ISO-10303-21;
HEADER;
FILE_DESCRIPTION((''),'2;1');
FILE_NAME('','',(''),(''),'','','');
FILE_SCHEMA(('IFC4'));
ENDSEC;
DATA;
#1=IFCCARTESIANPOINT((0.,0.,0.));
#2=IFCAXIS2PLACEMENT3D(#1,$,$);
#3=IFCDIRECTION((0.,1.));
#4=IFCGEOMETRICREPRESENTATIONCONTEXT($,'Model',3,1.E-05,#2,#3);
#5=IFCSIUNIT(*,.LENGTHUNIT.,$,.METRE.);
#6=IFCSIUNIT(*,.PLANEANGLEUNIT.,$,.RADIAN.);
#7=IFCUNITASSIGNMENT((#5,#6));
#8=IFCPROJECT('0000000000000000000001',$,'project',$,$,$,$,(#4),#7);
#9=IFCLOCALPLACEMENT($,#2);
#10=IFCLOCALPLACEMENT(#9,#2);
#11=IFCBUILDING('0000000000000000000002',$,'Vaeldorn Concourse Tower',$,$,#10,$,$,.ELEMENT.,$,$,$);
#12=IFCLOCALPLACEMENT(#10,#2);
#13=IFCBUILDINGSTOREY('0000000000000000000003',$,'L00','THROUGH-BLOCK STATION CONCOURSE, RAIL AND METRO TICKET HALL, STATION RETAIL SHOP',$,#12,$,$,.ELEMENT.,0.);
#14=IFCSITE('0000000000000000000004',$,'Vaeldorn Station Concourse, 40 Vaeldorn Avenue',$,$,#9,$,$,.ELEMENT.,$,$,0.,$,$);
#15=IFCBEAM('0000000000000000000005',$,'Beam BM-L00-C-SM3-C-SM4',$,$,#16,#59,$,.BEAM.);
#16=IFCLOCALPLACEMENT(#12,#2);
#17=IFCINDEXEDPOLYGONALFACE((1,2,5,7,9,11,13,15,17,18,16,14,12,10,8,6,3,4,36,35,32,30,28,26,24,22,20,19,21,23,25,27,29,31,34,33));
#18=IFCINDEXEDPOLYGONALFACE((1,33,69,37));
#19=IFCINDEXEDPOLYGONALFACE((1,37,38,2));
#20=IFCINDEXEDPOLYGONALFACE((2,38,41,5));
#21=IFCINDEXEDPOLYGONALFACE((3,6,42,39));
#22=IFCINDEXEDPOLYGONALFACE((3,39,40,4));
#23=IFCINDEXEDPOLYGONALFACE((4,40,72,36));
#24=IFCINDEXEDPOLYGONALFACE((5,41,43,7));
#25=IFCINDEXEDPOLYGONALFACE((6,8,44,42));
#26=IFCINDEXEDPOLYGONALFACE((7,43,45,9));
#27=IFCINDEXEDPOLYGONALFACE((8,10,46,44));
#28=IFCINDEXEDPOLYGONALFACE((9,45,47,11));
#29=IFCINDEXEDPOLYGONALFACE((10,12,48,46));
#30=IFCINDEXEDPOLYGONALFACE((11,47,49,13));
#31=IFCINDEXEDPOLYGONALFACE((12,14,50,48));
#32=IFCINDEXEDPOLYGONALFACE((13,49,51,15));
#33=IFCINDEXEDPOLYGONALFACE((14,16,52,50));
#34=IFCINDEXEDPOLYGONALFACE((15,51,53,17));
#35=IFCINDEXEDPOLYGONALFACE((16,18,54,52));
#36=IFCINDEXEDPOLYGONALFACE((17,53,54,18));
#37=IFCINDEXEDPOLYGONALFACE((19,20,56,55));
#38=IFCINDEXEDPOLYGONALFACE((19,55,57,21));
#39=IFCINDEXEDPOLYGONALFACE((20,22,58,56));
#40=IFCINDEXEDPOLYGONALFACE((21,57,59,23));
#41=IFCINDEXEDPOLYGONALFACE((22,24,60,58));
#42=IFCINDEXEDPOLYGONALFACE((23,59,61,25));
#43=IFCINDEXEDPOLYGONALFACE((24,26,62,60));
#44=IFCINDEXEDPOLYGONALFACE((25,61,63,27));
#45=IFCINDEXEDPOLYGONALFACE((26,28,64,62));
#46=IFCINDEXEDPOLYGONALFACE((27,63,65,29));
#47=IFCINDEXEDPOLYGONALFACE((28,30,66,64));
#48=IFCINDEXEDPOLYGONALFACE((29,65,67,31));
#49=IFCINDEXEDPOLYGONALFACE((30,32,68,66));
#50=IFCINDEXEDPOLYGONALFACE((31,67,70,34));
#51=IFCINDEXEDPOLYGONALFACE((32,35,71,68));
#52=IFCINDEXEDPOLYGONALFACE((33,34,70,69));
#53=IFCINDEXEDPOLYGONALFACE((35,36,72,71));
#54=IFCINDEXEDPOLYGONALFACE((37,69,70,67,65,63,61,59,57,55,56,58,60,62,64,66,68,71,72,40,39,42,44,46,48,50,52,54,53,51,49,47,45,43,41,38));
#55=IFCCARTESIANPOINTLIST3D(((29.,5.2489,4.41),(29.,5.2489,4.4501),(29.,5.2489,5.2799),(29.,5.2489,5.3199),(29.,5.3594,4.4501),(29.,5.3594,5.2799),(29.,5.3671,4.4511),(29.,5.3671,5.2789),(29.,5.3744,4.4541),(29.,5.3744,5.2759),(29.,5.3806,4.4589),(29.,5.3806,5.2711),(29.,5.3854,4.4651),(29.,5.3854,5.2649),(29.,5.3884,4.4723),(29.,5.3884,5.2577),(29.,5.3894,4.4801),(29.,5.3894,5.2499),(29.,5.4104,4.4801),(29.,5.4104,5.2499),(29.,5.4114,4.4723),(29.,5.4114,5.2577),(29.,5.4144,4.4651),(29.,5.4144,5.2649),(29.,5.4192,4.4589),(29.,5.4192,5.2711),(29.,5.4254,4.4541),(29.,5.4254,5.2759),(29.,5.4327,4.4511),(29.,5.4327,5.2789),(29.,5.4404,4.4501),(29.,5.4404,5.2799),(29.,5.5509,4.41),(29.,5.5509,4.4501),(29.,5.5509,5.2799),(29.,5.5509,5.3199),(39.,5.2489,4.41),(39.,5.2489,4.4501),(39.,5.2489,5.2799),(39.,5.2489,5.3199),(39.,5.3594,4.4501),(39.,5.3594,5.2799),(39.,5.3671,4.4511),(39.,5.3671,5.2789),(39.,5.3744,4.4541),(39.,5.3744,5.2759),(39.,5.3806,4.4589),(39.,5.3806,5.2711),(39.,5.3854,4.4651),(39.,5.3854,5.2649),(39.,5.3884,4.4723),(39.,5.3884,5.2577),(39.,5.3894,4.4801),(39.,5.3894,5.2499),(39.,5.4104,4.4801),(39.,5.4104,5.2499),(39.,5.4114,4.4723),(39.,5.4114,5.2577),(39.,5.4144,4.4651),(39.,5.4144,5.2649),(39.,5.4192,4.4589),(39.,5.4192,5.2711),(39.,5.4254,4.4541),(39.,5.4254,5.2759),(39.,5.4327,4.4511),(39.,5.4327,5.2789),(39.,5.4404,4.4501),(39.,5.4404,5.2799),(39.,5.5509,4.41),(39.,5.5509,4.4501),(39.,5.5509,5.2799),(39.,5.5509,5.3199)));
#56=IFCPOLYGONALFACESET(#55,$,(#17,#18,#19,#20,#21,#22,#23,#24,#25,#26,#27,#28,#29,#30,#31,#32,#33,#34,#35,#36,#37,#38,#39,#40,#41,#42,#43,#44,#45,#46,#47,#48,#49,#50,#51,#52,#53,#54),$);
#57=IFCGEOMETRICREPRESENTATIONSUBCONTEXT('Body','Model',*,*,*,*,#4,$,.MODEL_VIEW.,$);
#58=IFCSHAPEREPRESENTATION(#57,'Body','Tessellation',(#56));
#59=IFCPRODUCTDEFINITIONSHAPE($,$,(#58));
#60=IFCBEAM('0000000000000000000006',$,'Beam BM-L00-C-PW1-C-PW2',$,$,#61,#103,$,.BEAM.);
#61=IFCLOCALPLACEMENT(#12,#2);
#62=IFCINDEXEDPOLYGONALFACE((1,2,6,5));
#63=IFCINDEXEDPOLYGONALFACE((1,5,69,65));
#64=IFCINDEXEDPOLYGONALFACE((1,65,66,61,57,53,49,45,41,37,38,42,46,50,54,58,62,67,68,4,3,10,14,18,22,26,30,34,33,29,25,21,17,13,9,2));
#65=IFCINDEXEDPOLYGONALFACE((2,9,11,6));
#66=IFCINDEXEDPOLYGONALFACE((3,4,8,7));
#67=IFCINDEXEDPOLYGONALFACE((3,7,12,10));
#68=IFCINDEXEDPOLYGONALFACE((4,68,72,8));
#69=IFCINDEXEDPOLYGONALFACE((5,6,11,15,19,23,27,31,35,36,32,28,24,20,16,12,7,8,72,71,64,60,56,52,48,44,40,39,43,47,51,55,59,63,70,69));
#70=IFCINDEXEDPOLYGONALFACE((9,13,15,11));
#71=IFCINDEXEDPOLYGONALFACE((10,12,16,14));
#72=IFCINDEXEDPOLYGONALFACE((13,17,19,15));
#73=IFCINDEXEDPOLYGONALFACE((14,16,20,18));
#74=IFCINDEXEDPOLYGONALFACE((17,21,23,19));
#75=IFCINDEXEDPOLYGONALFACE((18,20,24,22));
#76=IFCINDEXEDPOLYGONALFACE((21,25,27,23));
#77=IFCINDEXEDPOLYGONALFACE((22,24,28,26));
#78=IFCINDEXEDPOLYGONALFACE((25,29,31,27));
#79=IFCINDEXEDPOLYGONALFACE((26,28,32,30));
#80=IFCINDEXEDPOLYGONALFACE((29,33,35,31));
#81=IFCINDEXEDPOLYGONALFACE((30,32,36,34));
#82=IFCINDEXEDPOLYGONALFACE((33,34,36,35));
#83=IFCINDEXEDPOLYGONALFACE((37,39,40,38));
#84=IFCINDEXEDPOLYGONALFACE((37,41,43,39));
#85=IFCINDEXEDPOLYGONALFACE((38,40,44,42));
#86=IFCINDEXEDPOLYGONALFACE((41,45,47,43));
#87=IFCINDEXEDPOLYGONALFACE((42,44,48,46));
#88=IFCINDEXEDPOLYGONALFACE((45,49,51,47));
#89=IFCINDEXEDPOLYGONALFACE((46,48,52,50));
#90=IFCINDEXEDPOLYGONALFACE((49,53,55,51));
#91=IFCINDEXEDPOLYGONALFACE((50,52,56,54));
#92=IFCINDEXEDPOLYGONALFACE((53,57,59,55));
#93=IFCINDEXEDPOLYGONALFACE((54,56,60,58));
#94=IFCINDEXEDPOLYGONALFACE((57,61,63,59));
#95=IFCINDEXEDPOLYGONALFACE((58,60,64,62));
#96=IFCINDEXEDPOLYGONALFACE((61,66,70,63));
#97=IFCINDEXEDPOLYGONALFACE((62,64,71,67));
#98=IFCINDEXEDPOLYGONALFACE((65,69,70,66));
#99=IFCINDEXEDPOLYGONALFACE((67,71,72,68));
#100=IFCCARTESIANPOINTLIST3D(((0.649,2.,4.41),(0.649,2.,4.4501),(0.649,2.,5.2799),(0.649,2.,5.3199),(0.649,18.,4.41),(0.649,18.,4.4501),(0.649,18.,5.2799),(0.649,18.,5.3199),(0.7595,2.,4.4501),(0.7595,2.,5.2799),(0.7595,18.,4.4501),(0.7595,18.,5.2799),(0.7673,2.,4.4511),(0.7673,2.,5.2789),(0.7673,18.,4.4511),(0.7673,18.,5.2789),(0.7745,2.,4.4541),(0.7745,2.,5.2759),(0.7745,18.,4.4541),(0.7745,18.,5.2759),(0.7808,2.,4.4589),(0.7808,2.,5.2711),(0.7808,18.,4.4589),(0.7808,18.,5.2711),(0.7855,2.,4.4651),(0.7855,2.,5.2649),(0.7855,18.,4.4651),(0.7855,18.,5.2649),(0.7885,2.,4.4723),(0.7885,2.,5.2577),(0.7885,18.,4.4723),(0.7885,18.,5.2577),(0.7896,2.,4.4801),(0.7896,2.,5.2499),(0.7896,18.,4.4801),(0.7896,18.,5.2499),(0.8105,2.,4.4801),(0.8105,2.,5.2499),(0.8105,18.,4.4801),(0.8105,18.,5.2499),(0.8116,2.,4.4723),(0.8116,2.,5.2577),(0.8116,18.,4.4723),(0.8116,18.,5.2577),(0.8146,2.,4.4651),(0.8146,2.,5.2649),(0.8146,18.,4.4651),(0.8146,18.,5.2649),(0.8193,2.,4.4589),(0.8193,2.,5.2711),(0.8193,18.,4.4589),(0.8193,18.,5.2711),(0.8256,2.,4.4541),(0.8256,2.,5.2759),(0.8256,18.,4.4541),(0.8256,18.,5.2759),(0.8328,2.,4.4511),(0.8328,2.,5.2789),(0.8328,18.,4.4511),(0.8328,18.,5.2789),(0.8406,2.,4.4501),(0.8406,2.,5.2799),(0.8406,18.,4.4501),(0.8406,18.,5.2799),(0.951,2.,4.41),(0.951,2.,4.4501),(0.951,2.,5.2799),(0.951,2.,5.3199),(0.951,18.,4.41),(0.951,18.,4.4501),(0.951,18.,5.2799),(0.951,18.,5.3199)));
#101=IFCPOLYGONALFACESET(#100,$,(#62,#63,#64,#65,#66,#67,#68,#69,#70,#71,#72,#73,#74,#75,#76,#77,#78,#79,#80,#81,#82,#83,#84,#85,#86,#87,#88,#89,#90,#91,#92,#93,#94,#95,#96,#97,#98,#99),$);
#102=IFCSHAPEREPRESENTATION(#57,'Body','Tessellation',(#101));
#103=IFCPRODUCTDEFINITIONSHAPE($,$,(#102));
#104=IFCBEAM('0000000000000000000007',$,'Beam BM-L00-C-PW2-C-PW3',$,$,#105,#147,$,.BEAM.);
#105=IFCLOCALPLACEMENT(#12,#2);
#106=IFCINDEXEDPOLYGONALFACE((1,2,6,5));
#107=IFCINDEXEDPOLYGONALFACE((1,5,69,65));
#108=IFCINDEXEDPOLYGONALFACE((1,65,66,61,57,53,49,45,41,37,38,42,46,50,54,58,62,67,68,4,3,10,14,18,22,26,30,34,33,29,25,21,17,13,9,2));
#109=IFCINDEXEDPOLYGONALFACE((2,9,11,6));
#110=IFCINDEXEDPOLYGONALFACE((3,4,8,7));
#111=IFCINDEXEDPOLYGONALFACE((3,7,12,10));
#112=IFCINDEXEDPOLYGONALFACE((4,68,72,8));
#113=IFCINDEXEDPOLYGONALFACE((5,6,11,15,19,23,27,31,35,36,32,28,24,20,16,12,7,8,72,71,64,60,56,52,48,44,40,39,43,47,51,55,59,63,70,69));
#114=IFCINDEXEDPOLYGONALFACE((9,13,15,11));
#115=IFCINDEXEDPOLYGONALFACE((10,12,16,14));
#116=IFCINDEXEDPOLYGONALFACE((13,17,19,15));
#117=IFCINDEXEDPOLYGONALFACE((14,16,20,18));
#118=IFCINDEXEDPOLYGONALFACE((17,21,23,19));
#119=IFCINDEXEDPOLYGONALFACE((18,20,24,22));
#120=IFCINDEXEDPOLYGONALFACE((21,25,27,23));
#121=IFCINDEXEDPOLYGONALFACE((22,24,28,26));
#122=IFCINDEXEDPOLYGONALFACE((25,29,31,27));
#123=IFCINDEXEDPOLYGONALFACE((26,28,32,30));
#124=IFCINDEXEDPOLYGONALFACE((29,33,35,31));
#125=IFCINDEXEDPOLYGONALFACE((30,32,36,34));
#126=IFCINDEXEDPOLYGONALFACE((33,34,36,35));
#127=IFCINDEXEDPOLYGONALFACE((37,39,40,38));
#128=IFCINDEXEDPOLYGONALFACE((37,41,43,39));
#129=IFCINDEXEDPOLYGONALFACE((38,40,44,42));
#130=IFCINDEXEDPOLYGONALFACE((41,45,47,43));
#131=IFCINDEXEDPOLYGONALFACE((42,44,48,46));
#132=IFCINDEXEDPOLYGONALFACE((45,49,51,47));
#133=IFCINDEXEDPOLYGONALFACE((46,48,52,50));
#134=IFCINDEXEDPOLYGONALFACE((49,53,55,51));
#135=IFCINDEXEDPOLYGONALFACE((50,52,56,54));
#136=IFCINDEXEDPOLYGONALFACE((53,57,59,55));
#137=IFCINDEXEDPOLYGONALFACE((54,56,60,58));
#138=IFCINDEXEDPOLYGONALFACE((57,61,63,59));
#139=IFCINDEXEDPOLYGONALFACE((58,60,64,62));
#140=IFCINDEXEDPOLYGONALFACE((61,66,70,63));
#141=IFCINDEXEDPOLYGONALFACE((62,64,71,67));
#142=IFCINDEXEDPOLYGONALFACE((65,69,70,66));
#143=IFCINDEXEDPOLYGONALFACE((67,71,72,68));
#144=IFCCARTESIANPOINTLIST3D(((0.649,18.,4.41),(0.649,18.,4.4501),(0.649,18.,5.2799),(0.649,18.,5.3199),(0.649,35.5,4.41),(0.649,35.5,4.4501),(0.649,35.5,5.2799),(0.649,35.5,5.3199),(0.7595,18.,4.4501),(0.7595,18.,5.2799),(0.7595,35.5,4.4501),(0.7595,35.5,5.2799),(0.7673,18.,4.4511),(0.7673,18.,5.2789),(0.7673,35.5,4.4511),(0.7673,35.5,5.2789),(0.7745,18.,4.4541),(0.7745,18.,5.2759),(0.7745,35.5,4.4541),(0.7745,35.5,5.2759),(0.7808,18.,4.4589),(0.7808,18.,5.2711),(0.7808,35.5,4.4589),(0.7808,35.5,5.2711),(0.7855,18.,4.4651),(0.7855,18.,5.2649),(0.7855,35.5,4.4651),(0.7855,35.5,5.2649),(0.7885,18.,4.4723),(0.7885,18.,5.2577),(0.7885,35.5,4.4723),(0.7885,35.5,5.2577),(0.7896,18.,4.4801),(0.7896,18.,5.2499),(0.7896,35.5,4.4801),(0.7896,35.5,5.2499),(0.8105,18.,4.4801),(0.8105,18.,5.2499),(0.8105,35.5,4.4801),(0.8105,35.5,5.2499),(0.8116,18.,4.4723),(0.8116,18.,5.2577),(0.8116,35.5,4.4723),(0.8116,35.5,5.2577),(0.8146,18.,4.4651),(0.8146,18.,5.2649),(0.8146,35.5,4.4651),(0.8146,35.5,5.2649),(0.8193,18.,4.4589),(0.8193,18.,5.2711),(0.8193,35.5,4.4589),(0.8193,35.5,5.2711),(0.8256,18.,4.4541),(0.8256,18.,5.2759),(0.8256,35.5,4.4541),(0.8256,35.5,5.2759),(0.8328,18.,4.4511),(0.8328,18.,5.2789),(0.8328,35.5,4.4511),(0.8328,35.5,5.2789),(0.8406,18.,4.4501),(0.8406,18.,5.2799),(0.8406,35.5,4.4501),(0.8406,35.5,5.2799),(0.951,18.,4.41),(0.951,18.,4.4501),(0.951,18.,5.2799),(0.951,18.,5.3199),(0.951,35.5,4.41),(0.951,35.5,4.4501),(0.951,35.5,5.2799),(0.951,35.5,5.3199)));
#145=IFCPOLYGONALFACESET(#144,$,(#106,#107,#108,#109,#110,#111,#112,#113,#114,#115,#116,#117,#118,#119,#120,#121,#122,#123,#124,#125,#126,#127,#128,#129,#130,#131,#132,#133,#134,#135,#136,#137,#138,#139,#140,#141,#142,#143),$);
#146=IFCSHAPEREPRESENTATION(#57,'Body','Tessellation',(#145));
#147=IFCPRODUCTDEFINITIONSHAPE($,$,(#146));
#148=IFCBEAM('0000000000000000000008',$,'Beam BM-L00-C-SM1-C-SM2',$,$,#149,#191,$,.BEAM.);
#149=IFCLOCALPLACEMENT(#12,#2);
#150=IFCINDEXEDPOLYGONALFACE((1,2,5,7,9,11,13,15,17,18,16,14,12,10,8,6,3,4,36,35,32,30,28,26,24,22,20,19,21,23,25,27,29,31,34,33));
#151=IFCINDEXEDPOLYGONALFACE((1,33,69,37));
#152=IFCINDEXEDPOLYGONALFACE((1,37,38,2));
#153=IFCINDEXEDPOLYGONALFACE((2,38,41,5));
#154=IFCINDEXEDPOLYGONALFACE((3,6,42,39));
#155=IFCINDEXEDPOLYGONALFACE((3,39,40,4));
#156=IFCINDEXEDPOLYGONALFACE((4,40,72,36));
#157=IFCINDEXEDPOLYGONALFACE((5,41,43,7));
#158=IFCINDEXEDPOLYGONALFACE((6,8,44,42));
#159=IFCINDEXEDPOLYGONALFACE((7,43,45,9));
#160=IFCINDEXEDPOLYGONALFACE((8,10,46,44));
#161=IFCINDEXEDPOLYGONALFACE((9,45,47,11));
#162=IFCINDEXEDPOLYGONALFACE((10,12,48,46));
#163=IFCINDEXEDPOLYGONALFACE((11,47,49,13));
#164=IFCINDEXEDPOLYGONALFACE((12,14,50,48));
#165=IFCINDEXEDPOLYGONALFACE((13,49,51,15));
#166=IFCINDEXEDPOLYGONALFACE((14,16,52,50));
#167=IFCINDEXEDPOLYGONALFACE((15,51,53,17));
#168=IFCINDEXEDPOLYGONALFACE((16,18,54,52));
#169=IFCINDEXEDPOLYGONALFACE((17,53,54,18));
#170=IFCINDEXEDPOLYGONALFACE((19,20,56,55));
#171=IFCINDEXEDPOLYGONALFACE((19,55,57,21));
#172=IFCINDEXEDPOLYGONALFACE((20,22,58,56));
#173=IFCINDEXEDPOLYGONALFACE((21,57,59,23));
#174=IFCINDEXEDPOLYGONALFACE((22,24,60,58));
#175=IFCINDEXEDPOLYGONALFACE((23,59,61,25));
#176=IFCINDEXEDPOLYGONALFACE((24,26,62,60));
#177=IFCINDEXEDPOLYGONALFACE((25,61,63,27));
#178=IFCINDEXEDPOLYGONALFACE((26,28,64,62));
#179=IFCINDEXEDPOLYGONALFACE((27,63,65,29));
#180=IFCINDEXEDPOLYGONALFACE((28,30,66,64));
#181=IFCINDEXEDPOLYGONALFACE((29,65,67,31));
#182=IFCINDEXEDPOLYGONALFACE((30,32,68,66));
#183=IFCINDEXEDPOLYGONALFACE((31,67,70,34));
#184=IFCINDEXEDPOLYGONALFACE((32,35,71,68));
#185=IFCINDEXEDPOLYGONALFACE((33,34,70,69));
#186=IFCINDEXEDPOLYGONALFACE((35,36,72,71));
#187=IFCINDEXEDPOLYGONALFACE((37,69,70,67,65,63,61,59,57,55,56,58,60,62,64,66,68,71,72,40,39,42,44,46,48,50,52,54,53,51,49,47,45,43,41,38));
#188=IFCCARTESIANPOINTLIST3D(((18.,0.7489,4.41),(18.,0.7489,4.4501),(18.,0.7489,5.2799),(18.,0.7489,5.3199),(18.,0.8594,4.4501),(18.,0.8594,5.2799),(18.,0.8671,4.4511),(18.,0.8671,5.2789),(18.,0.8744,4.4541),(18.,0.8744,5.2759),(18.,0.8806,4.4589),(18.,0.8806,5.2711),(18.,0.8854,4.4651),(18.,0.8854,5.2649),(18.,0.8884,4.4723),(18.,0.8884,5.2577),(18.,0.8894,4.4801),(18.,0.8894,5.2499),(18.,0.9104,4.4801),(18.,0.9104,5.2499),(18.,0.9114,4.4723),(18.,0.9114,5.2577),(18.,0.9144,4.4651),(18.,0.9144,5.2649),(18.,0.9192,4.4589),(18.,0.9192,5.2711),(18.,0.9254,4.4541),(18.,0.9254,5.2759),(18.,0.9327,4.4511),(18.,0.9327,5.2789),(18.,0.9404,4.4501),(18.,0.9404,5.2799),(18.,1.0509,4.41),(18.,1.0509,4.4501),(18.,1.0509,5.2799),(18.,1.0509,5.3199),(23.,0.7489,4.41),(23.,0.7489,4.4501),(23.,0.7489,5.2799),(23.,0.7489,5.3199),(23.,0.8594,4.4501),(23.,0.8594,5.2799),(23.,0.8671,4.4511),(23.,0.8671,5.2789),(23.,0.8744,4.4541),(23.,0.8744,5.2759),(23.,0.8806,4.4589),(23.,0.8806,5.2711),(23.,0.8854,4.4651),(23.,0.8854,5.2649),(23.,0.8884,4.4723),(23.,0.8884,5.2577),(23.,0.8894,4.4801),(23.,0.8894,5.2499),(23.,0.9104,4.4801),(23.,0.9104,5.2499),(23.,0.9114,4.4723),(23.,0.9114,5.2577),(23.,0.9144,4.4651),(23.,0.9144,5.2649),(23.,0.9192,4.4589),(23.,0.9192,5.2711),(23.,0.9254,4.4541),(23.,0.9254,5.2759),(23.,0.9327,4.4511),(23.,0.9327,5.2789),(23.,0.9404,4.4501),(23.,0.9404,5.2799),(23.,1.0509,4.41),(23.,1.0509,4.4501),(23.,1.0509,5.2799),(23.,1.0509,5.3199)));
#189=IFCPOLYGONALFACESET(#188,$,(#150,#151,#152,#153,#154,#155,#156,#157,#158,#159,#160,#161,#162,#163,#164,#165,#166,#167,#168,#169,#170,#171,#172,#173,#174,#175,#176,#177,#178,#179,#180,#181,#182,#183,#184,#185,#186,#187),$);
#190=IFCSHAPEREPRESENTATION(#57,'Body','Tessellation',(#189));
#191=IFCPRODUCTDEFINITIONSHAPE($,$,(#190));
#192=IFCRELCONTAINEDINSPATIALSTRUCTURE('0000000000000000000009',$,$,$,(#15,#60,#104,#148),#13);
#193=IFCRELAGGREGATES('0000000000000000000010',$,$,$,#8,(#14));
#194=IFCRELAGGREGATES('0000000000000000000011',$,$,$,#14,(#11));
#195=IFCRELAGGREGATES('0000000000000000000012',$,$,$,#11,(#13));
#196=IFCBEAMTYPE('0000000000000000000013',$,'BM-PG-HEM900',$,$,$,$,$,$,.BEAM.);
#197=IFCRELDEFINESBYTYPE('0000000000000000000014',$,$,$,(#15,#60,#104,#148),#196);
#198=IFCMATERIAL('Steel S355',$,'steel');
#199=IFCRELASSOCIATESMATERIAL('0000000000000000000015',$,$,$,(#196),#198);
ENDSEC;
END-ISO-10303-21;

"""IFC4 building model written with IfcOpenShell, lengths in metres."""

from ifc_helpers import new_model, si_unit, direction, frame, origin, origin_2d, place, context, subcontext, project, spatial, i_section, extrude, source, transform, mapped, material, material_profile, profile_set, type_object, element, save


model = new_model("IFC4")

# Units and contexts
model_context = context("Model", 3, precision=1e-05, world=origin(), true_north=direction((0.0, 1.0)))
body_context = subcontext(model_context, "Body", "Model", "MODEL_VIEW")
ifc_project = project(units=[si_unit("LENGTHUNIT", "METRE"), si_unit("PLANEANGLEUNIT", "RADIAN")], contexts=[model_context])

# Site, building, storey
site_placement = place(None, origin())
site = spatial("IfcSite", under=ifc_project, at=site_placement, Name="Vaeldorn Station Concourse, 40 Vaeldorn Avenue", CompositionType="ELEMENT", RefElevation=0.0)
building_placement = place(site_placement, origin())
building = spatial("IfcBuilding", under=site, at=building_placement, Name="Vaeldorn Concourse Tower", CompositionType="ELEMENT")
storey_placement = place(building_placement, origin())
storey = spatial("IfcBuildingStorey", under=building, at=storey_placement, Name="L00", Description="THROUGH-BLOCK STATION CONCOURSE, RAIL AND METRO TICKET HALL, STATION RETAIL SHOP", CompositionType="ELEMENT", Elevation=0.0)

# Beams
ifc_material_1 = material(Name="Steel S355", Category="steel")
ifc_material_profile_1 = material_profile(ifc_material_1, i_section(OverallWidth=0.302, OverallDepth=0.9099, WebThickness=0.021, FlangeThickness=0.04, FilletRadius=0.03, at=origin_2d()), Name="HEM 900")
ifc_profile_set_1 = profile_set([ifc_material_profile_1], Name="Steel S355")
beam_type_1 = type_object("IfcBeamType", Name="BM-PG-HEM900", PredefinedType="BEAM", material=ifc_profile_set_1)
shared_shape_1 = source(origin(), body_context, "Body", "SweptSolid", [
    extrude(i_section(OverallWidth=0.302, OverallDepth=0.9099, WebThickness=0.021, FlangeThickness=0.04, FilletRadius=0.03, at=origin_2d()), origin(), (0.0, 0.0, 1.0), 10.0),
])
beam_1_placement = place(storey_placement, frame((29.0, 5.3999, 4.865), z_axis=(1.0, 0.0, 0.0), x_axis=(0.0, 1.0, 0.0)))
element("IfcBeam", 1, at=beam_1_placement, inside=storey, type_object=beam_type_1, Name="Beam BM-L00-C-SM3-C-SM4", PredefinedType="BEAM", context=body_context, shape_type="MappedRepresentation", body=[
    mapped(shared_shape_1, transform((0.0, 0.0, 0.0), scale=1.0)),
])
shared_shape_2 = source(origin(), body_context, "Body", "SweptSolid", [
    extrude(i_section(OverallWidth=0.302, OverallDepth=0.9099, WebThickness=0.021, FlangeThickness=0.04, FilletRadius=0.03, at=origin_2d()), origin(), (0.0, 0.0, 1.0), 16.0),
])
beam_2_placement = place(storey_placement, frame((0.8, 2.0, 4.865), z_axis=(0.0, 1.0, 0.0), x_axis=(-1.0, 0.0, 0.0)))
element("IfcBeam", 2, at=beam_2_placement, inside=storey, type_object=beam_type_1, Name="Beam BM-L00-C-PW1-C-PW2", PredefinedType="BEAM", context=body_context, shape_type="MappedRepresentation", body=[
    mapped(shared_shape_2, transform((0.0, 0.0, 0.0), scale=1.0)),
])
shared_shape_3 = source(origin(), body_context, "Body", "SweptSolid", [
    extrude(i_section(OverallWidth=0.302, OverallDepth=0.9099, WebThickness=0.021, FlangeThickness=0.04, FilletRadius=0.03, at=origin_2d()), origin(), (0.0, 0.0, 1.0), 17.5),
])
beam_3_placement = place(storey_placement, frame((0.8, 18.0, 4.865), z_axis=(0.0, 1.0, 0.0), x_axis=(-1.0, 0.0, 0.0)))
element("IfcBeam", 3, at=beam_3_placement, inside=storey, type_object=beam_type_1, Name="Beam BM-L00-C-PW2-C-PW3", PredefinedType="BEAM", context=body_context, shape_type="MappedRepresentation", body=[
    mapped(shared_shape_3, transform((0.0, 0.0, 0.0), scale=1.0)),
])
shared_shape_4 = source(origin(), body_context, "Body", "SweptSolid", [
    extrude(i_section(OverallWidth=0.302, OverallDepth=0.9099, WebThickness=0.021, FlangeThickness=0.04, FilletRadius=0.03, at=origin_2d()), origin(), (0.0, 0.0, 1.0), 5.0),
])
beam_4_placement = place(storey_placement, frame((18.0, 0.8999, 4.865), z_axis=(1.0, 0.0, 0.0), x_axis=(0.0, 1.0, 0.0)))
element("IfcBeam", 4, at=beam_4_placement, inside=storey, type_object=beam_type_1, Name="Beam BM-L00-C-SM1-C-SM2", PredefinedType="BEAM", context=body_context, shape_type="MappedRepresentation", body=[
    mapped(shared_shape_4, transform((0.0, 0.0, 0.0), scale=1.0)),
])

save(model, "model.ifc")
